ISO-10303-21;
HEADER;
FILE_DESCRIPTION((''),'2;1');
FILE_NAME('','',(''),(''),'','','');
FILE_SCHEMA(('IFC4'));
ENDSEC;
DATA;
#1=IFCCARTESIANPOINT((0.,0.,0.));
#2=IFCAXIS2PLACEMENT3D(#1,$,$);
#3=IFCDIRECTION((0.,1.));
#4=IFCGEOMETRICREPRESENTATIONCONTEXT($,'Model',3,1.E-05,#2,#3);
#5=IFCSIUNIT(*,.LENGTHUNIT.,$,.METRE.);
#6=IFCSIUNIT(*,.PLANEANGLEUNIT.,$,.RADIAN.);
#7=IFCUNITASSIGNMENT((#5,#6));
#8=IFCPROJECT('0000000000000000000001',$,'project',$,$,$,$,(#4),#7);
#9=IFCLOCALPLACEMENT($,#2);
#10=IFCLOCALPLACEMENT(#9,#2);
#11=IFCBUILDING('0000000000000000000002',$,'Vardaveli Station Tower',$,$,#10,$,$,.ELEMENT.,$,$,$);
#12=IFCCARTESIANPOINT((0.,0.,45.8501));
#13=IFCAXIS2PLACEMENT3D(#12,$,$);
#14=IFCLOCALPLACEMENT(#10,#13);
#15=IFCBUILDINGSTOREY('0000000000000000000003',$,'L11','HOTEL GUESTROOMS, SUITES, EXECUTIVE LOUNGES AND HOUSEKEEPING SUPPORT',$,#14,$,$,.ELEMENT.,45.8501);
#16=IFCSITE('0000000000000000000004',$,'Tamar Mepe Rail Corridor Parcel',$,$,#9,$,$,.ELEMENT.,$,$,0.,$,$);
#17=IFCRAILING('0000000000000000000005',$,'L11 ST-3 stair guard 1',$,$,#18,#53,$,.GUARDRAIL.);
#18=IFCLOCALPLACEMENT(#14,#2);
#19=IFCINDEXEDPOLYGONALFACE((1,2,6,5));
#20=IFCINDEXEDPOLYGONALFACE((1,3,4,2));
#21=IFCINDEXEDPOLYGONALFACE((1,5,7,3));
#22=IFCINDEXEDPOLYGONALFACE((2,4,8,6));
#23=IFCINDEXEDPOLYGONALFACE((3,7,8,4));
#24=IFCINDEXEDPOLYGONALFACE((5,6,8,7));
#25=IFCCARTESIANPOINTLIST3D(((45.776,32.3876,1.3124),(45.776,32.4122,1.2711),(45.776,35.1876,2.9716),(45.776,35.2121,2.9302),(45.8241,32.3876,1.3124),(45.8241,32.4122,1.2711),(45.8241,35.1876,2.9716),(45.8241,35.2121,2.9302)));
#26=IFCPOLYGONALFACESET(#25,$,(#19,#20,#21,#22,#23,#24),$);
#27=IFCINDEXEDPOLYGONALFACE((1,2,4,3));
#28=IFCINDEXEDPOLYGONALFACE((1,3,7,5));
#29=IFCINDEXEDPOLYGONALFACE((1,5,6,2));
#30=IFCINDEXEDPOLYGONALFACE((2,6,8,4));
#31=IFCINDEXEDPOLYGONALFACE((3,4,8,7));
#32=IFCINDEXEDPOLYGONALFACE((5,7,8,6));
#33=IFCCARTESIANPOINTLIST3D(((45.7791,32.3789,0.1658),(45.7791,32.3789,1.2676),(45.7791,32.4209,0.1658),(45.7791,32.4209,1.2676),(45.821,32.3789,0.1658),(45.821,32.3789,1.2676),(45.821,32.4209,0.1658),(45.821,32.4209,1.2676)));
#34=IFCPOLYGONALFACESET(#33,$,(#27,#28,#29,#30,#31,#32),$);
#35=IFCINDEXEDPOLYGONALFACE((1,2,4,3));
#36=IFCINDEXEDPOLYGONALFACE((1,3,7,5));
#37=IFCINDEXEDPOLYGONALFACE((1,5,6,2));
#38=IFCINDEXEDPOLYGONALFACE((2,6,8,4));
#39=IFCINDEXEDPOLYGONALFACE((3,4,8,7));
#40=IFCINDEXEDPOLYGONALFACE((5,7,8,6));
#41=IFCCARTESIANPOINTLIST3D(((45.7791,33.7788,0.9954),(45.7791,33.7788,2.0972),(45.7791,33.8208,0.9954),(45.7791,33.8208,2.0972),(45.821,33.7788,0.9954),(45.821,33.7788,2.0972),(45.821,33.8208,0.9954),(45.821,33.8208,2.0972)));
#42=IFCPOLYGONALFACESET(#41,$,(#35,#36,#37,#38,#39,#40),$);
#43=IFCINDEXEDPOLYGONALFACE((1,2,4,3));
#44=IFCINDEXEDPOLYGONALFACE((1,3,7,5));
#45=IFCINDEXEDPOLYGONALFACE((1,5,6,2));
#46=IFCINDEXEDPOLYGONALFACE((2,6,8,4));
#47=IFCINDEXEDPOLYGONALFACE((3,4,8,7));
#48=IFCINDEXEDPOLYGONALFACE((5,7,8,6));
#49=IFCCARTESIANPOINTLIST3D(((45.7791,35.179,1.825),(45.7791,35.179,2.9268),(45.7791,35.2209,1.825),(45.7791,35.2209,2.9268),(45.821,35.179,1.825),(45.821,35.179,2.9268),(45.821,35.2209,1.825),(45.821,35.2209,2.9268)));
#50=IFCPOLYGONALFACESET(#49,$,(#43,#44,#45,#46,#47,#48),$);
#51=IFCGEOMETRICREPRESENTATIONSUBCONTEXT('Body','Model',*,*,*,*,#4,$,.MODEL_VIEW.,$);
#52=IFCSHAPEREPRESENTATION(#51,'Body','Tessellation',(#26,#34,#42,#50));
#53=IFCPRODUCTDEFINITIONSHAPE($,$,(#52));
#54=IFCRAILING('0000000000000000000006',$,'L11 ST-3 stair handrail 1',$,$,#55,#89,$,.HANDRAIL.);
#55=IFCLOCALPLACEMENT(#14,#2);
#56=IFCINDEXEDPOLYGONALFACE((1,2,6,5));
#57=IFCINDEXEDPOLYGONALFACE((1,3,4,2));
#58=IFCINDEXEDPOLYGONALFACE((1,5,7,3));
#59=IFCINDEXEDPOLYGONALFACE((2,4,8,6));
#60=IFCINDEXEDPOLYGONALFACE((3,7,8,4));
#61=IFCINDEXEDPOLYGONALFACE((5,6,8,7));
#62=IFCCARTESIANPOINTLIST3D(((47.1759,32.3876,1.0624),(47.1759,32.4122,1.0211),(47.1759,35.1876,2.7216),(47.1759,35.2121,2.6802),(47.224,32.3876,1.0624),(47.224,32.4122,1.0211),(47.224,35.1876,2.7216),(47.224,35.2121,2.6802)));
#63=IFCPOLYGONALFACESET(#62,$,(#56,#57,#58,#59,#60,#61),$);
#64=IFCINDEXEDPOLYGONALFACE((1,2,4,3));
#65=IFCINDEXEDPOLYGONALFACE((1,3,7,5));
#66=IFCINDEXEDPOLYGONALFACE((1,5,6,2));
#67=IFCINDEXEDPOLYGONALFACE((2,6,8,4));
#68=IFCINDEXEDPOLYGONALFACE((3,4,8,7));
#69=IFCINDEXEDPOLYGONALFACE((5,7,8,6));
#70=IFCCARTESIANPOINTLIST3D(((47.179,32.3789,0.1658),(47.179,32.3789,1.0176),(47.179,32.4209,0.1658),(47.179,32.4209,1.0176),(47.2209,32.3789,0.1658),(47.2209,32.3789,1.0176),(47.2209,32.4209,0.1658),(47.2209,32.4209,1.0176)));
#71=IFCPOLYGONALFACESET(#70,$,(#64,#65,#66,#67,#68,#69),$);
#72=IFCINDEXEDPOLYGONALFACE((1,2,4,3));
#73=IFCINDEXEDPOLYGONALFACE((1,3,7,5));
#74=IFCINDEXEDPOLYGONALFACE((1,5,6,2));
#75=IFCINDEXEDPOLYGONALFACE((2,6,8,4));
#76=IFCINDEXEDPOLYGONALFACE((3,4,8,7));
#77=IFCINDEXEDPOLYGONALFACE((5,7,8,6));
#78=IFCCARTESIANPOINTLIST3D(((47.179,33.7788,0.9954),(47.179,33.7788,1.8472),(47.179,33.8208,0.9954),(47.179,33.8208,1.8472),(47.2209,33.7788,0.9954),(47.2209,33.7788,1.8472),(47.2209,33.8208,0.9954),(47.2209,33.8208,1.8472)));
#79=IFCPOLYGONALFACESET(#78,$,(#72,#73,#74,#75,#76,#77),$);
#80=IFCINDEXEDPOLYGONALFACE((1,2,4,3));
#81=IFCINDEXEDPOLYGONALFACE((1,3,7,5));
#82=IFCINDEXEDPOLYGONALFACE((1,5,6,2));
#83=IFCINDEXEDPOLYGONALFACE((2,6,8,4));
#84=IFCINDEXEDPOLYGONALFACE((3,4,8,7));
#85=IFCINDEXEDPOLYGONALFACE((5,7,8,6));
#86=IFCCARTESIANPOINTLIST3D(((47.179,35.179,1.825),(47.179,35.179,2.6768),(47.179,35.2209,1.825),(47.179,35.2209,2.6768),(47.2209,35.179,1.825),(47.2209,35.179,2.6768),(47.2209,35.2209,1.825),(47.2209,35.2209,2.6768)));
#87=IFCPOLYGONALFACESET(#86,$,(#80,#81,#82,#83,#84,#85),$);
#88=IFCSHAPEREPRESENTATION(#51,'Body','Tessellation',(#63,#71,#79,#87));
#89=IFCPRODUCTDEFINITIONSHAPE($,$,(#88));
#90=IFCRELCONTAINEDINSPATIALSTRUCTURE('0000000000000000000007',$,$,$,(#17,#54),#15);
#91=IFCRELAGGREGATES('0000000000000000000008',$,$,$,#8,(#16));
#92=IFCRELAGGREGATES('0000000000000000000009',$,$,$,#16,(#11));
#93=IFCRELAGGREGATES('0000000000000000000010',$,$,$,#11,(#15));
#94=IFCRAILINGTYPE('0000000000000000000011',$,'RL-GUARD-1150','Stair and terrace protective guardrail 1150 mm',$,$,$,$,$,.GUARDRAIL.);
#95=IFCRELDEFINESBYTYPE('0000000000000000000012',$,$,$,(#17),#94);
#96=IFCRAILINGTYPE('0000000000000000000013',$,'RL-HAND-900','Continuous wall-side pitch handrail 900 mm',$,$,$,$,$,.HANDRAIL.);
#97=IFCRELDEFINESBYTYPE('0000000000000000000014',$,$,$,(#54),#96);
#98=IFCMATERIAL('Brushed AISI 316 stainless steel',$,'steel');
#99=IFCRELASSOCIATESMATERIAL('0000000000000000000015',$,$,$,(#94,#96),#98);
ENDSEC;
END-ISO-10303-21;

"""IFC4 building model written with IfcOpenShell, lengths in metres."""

from ifc_helpers import new_model, si_unit, direction, frame, origin, origin_2d, place, context, subcontext, project, spatial, rectangle, extrude, source, transform, mapped, material, type_object, element, save


model = new_model("IFC4")

# Units and contexts
model_context = context("Model", 3, precision=1e-05, world=origin(), true_north=direction((0.0, 1.0)))
body_context = subcontext(model_context, "Body", "Model", "MODEL_VIEW")
ifc_project = project(units=[si_unit("LENGTHUNIT", "METRE"), si_unit("PLANEANGLEUNIT", "RADIAN")], contexts=[model_context])

# Site, building, storey
site_placement = place(None, origin())
site = spatial("IfcSite", under=ifc_project, at=site_placement, Name="Tamar Mepe Rail Corridor Parcel", CompositionType="ELEMENT", RefElevation=0.0)
building_placement = place(site_placement, origin())
building = spatial("IfcBuilding", under=site, at=building_placement, Name="Vardaveli Station Tower", CompositionType="ELEMENT")
storey_placement = place(building_placement, frame((0.0, 0.0, 45.8501)))
storey = spatial("IfcBuildingStorey", under=building, at=storey_placement, Name="L11", Description="HOTEL GUESTROOMS, SUITES, EXECUTIVE LOUNGES AND HOUSEKEEPING SUPPORT", CompositionType="ELEMENT", Elevation=45.8501)

# Railings
ifc_material_1 = material(Name="Brushed AISI 316 stainless steel", Category="steel")
railing_type_1 = type_object("IfcRailingType", Name="RL-GUARD-1150", Description="Stair and terrace protective guardrail 1150 mm", PredefinedType="GUARDRAIL", material=ifc_material_1)
shared_shape_1 = source(origin(), body_context, "Body", "SweptSolid", [
    extrude(rectangle(XDim=0.0481, YDim=0.0481, at=origin_2d()), frame((0.0, 0.0, 1.126), z_axis=(0.0, 0.860306, 0.509778), x_axis=(-1.0, 0.0, 0.0)), (0.0, 0.0, 1.0), 3.2546),
    extrude(rectangle(XDim=0.042, YDim=0.042, at=origin_2d()), origin(), (0.0, 0.0, 1.0), 1.1018),
    extrude(rectangle(XDim=0.042, YDim=0.042, at=origin_2d()), frame((0.0, 1.3999, 0.8296)), (0.0, 0.0, 1.0), 1.1018),
    extrude(rectangle(XDim=0.042, YDim=0.042, at=origin_2d()), frame((0.0, 2.8, 1.6592)), (0.0, 0.0, 1.0), 1.1018),
])
railing_1_placement = place(storey_placement, frame((45.8, 32.3999, 0.1658)))
element("IfcRailing", 1, at=railing_1_placement, inside=storey, type_object=railing_type_1, Name="L11 ST-3 stair guard 1", PredefinedType="GUARDRAIL", context=body_context, shape_type="MappedRepresentation", body=[
    mapped(shared_shape_1, transform((0.0, 0.0, 0.0), scale=1.0)),
])
railing_type_2 = type_object("IfcRailingType", Name="RL-HAND-900", Description="Continuous wall-side pitch handrail 900 mm", PredefinedType="HANDRAIL", material=ifc_material_1)
shared_shape_2 = source(origin(), body_context, "Body", "SweptSolid", [
    extrude(rectangle(XDim=0.0481, YDim=0.0481, at=origin_2d()), frame((0.0, 0.0, 0.876), z_axis=(0.0, 0.860306, 0.509778), x_axis=(-1.0, 0.0, 0.0)), (0.0, 0.0, 1.0), 3.2546),
    extrude(rectangle(XDim=0.042, YDim=0.042, at=origin_2d()), origin(), (0.0, 0.0, 1.0), 0.8518),
    extrude(rectangle(XDim=0.042, YDim=0.042, at=origin_2d()), frame((0.0, 1.3999, 0.8296)), (0.0, 0.0, 1.0), 0.8518),
    extrude(rectangle(XDim=0.042, YDim=0.042, at=origin_2d()), frame((0.0, 2.8, 1.6592)), (0.0, 0.0, 1.0), 0.8518),
])
railing_2_placement = place(storey_placement, frame((47.2, 32.3999, 0.1658)))
element("IfcRailing", 2, at=railing_2_placement, inside=storey, type_object=railing_type_2, Name="L11 ST-3 stair handrail 1", PredefinedType="HANDRAIL", context=body_context, shape_type="MappedRepresentation", body=[
    mapped(shared_shape_2, transform((0.0, 0.0, 0.0), scale=1.0)),
])

save(model, "model.ifc")
